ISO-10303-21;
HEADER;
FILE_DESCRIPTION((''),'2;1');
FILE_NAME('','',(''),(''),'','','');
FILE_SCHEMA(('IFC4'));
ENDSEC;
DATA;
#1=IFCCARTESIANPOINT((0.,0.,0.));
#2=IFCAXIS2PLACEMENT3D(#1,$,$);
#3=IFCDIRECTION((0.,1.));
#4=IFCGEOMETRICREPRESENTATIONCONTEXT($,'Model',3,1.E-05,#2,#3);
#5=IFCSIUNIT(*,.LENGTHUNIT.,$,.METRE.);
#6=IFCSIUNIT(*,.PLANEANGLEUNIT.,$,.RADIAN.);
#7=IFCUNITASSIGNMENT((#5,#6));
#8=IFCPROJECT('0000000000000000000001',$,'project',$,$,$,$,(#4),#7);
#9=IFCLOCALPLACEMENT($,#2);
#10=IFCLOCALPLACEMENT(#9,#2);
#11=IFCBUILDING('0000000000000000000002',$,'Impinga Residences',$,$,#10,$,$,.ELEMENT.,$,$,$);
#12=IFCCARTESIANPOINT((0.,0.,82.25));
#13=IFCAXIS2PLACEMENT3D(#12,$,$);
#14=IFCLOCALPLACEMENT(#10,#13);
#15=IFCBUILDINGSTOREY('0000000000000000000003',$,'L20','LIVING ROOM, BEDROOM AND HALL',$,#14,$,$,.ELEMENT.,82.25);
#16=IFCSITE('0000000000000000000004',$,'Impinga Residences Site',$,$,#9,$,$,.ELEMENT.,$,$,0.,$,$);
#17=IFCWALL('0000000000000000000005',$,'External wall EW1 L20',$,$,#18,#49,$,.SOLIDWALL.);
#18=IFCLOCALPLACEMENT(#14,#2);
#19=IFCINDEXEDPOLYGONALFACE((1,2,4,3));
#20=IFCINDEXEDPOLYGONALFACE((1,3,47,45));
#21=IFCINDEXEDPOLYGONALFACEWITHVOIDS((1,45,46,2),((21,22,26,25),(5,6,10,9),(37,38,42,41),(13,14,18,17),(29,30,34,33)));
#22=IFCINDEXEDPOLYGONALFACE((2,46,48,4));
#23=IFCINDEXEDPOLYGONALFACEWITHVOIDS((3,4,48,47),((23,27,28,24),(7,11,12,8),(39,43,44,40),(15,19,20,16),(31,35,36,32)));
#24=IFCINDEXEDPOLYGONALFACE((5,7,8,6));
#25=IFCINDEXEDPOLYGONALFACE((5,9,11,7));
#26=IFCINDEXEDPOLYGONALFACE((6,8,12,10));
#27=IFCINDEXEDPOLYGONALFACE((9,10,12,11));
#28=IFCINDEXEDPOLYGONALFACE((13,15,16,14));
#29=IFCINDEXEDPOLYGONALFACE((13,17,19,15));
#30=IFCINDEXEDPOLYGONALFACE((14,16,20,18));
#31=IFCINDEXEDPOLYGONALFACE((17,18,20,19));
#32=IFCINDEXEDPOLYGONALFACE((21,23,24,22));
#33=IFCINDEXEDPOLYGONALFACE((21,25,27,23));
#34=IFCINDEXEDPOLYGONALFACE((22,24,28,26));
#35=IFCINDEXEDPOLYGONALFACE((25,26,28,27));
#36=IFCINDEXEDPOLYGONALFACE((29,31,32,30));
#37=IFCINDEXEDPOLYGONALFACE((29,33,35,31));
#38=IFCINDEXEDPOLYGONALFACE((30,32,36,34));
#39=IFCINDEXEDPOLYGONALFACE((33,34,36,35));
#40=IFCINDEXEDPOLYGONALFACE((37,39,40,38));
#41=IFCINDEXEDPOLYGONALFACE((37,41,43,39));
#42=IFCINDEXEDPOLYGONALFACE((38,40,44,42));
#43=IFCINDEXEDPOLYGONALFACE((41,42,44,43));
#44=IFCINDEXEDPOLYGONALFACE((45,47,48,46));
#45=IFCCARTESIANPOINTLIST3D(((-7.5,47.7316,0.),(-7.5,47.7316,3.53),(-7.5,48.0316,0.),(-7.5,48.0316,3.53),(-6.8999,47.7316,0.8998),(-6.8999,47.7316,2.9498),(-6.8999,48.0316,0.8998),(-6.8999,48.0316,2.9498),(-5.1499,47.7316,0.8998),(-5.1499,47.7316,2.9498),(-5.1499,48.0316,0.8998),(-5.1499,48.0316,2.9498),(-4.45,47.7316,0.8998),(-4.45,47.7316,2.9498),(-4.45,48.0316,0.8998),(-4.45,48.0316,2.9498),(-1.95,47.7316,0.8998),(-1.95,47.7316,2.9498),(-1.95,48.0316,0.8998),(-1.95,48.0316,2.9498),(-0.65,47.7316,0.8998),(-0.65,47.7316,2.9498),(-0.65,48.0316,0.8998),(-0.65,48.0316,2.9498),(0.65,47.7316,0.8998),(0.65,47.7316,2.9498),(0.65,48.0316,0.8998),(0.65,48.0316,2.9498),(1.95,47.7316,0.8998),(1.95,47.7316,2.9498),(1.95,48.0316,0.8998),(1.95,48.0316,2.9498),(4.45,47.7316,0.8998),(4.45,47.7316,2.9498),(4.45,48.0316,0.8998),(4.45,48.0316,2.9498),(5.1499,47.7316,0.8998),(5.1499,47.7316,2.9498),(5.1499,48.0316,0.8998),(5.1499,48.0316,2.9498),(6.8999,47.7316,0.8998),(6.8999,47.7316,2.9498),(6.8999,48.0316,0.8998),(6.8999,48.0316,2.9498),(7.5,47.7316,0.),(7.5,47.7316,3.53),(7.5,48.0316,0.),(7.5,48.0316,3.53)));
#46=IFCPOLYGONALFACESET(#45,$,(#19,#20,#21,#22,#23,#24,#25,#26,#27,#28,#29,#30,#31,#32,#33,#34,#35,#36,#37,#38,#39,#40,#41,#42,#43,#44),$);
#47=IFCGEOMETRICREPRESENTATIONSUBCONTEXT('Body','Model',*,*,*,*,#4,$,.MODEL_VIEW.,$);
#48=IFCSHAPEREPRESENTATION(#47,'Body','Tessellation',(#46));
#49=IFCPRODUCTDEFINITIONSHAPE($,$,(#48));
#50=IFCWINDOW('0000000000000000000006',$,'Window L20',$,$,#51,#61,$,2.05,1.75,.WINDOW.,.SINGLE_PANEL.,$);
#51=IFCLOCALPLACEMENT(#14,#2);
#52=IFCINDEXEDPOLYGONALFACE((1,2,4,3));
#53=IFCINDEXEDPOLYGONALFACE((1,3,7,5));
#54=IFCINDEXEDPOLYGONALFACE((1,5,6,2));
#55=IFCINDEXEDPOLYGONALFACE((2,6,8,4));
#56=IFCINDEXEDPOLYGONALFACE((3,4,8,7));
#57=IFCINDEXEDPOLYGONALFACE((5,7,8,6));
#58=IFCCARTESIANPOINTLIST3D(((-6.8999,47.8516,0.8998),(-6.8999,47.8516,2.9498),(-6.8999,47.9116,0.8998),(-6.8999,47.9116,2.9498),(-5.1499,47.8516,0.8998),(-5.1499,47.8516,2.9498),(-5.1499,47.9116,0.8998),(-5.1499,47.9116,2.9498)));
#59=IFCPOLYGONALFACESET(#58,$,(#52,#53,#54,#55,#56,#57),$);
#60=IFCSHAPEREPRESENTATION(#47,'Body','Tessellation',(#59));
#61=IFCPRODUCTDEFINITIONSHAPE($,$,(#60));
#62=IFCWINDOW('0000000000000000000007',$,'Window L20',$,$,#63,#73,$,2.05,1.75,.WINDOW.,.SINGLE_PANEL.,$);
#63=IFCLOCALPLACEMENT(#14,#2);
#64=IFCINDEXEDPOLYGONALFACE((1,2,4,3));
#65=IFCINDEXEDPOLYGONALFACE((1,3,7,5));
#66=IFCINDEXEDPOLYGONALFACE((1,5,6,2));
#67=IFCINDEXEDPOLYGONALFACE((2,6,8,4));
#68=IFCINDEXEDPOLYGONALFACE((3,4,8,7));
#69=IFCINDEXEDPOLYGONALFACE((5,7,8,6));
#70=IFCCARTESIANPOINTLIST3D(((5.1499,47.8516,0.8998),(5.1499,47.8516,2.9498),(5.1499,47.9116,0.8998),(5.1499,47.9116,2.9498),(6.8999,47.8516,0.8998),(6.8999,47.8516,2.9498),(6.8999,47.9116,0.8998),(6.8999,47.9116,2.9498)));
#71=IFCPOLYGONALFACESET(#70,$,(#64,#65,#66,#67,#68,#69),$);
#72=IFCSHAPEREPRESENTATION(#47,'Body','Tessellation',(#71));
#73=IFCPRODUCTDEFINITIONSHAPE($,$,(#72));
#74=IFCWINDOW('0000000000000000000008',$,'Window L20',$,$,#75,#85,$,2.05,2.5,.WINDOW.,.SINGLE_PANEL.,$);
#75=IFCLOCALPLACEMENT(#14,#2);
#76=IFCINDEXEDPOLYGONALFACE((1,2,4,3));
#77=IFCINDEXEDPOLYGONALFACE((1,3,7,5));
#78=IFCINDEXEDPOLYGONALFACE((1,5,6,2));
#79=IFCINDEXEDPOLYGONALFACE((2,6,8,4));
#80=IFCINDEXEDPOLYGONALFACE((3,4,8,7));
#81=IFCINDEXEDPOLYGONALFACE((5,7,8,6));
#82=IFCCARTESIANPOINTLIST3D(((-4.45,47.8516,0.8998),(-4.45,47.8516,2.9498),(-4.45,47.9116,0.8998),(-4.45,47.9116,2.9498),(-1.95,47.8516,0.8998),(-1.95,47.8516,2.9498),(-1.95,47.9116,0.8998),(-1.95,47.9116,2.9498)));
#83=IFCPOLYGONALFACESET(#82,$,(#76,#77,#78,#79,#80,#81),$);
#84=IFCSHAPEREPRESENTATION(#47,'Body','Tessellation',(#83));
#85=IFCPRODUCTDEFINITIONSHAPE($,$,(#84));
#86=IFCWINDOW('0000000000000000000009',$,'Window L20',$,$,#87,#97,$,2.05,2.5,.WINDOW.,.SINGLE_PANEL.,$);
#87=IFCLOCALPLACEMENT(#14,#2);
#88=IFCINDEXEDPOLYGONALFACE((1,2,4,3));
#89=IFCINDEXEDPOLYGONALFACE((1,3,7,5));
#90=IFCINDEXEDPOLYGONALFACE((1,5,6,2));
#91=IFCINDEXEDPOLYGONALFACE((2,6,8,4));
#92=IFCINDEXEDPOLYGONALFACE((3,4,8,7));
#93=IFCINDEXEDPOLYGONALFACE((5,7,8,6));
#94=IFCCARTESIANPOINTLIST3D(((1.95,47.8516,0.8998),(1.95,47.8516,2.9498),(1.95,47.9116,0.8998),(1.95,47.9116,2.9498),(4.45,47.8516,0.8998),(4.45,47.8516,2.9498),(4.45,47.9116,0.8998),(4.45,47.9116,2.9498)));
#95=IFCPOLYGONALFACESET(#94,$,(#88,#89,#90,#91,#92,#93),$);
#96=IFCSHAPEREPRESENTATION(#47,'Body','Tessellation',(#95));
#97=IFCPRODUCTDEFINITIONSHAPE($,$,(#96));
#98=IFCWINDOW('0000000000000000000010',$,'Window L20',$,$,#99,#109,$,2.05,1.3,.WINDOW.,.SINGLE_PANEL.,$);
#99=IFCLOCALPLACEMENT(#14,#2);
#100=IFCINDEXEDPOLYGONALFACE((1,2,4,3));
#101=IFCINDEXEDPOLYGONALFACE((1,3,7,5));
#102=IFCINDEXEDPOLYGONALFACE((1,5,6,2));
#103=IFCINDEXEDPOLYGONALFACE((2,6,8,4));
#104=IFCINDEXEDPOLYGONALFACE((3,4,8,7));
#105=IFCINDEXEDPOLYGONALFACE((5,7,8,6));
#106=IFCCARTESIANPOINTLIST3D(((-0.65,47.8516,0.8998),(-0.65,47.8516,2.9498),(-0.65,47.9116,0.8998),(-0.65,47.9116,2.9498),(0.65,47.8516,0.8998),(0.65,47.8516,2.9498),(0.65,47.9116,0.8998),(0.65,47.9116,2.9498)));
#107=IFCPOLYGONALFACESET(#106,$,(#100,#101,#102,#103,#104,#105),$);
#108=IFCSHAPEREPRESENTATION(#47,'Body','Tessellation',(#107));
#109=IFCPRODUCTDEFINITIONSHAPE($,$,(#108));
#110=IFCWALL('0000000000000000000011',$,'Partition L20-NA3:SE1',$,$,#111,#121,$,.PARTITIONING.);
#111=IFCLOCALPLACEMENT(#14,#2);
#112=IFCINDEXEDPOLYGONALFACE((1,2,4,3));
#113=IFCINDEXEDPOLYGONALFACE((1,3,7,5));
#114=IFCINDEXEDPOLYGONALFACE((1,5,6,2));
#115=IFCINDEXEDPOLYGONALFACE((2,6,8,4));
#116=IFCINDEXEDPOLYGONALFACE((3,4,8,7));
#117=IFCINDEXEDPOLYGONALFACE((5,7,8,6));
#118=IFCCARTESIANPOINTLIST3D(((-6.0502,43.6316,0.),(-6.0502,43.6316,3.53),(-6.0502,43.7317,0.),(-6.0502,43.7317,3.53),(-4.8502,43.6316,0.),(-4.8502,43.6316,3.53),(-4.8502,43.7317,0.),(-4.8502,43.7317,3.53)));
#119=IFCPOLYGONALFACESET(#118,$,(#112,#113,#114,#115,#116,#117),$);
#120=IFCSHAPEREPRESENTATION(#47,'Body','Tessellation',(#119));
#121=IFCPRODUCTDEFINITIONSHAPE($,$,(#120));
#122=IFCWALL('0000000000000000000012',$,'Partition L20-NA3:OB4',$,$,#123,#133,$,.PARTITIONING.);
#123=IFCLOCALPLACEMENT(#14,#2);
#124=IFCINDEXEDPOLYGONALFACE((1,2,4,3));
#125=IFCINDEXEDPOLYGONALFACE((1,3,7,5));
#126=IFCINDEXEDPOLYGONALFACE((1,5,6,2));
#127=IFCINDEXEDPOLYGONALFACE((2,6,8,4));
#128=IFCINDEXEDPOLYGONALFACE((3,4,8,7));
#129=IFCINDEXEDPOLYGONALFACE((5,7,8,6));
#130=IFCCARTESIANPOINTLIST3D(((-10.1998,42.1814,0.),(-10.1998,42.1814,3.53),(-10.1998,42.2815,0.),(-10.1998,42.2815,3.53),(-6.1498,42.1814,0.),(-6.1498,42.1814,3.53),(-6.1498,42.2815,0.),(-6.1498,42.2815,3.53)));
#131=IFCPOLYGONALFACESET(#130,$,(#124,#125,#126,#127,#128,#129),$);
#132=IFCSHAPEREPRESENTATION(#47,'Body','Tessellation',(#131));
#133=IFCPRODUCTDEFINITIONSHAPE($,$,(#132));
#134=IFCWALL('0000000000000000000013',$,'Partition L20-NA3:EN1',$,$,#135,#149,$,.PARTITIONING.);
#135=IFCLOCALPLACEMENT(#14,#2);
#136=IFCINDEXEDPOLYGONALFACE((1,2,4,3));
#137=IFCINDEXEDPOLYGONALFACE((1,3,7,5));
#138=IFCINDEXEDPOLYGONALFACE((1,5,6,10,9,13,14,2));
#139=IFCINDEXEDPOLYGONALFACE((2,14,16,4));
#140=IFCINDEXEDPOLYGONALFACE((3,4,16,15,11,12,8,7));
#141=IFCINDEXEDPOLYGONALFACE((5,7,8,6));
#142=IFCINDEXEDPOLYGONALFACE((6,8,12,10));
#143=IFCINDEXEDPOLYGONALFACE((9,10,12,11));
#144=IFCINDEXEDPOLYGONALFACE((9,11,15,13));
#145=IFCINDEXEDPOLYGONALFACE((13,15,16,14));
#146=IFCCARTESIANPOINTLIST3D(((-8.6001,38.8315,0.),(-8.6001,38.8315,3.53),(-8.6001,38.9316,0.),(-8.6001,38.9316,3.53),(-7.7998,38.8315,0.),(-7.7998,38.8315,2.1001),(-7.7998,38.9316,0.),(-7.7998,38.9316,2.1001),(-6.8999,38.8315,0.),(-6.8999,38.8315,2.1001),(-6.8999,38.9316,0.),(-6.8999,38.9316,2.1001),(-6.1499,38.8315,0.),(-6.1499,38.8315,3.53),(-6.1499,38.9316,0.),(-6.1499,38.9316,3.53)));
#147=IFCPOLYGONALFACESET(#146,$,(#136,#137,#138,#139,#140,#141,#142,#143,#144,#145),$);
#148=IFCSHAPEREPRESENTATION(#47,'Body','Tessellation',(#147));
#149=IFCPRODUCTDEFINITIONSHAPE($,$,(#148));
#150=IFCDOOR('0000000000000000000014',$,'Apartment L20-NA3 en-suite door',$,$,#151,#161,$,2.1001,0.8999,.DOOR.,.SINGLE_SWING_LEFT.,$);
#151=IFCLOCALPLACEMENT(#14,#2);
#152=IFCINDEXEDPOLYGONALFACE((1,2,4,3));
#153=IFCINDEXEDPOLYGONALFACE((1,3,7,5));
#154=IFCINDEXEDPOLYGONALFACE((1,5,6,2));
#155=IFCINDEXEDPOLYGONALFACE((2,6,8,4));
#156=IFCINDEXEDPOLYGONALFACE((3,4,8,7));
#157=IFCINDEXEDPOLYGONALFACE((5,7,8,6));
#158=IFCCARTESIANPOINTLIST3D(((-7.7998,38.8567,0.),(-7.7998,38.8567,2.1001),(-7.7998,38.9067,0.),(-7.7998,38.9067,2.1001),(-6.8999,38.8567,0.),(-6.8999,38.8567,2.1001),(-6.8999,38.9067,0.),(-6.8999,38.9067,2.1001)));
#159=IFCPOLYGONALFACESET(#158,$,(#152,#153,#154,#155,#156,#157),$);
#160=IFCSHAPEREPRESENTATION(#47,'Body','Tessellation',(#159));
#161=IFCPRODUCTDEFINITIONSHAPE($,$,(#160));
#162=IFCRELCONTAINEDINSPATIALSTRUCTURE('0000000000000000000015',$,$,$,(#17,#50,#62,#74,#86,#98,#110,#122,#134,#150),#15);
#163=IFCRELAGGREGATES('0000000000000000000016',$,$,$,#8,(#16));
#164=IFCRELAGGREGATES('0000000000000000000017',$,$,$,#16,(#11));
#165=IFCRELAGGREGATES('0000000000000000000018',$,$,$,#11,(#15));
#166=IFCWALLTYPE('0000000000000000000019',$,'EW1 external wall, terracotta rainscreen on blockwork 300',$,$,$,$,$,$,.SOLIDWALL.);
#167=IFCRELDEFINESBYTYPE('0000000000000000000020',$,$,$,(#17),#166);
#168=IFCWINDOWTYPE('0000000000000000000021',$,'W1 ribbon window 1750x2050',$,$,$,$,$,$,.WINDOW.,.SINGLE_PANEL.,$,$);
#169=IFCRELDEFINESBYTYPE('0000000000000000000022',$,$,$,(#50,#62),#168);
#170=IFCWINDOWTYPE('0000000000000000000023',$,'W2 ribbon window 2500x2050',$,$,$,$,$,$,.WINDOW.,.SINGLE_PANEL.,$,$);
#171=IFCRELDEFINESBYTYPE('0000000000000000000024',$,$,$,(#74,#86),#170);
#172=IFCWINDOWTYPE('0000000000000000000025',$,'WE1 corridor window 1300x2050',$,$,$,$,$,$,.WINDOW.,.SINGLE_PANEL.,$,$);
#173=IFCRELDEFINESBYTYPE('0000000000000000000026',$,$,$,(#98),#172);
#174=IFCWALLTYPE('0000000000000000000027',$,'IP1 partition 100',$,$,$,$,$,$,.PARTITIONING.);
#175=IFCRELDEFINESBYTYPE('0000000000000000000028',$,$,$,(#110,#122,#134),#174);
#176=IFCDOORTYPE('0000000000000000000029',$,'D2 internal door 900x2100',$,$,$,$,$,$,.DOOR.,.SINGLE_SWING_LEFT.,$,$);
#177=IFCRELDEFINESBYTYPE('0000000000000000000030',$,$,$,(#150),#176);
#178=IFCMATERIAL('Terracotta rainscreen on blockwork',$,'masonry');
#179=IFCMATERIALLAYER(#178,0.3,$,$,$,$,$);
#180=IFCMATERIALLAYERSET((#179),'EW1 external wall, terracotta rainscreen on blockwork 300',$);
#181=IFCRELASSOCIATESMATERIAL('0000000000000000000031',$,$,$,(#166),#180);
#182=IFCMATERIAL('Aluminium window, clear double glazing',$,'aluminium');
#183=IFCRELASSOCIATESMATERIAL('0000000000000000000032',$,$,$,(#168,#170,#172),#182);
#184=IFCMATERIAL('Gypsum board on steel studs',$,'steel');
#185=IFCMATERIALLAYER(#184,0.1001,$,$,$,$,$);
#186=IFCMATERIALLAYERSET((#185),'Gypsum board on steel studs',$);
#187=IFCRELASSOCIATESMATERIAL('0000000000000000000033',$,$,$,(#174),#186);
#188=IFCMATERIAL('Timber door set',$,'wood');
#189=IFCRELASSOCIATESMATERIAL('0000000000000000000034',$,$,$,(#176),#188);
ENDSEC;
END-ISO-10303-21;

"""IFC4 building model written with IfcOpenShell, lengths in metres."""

from ifc_helpers import new_model, si_unit, direction, frame, frame_2d, origin, place, context, subcontext, project, spatial, rectangle, extrude, material, layer, layer_set, type_object, element, fill, save


model = new_model("IFC4")

# Units and contexts
model_context = context("Model", 3, precision=1e-05, world=origin(), true_north=direction((0.0, 1.0)))
body_context = subcontext(model_context, "Body", "Model", "MODEL_VIEW")
ifc_project = project(units=[si_unit("LENGTHUNIT", "METRE"), si_unit("PLANEANGLEUNIT", "RADIAN")], contexts=[model_context])

# Site, building, storey
site_placement = place(None, origin())
site = spatial("IfcSite", under=ifc_project, at=site_placement, Name="Impinga Residences Site", CompositionType="ELEMENT", RefElevation=0.0)
building_placement = place(site_placement, origin())
building = spatial("IfcBuilding", under=site, at=building_placement, Name="Impinga Residences", CompositionType="ELEMENT")
storey_placement = place(building_placement, frame((0.0, 0.0, 82.25)))
storey = spatial("IfcBuildingStorey", under=building, at=storey_placement, Name="L20", Description="LIVING ROOM, BEDROOM AND HALL", CompositionType="ELEMENT", Elevation=82.25)

# Shared definitions
ifc_material_1 = material(Name="Terracotta rainscreen on blockwork", Category="masonry")
ifc_layer_1 = layer(ifc_material_1, 0.3)
ifc_layer_set_1 = layer_set([ifc_layer_1], Name="EW1 external wall, terracotta rainscreen on blockwork 300")
wall_type_1 = type_object("IfcWallType", Name="EW1 external wall, terracotta rainscreen on blockwork 300", PredefinedType="SOLIDWALL", material=ifc_layer_set_1)

# Wall, openings, windows
wall_1_placement = place(storey_placement, frame((-7.5, 47.8816, 0.0), z_axis=(0.0, 0.0, 1.0), x_axis=(1.0, 0.0, 0.0)))
wall_1 = element("IfcWall", 1, at=wall_1_placement, inside=storey, type_object=wall_type_1, Name="External wall EW1 L20", PredefinedType="SOLIDWALL", context=body_context, shape_type="SweptSolid", body=[
    extrude(rectangle(XDim=15.0, YDim=0.3, at=frame_2d((7.5, 0.0))), origin(), (0.0, 0.0, 1.0), 3.53),
])
opening_1_placement = place(wall_1_placement, frame((0.6001, 0.0, 0.8999)))
opening_1 = element("IfcOpeningElement", 2, at=opening_1_placement, cuts=wall_1, PredefinedType="OPENING", context=body_context, shape_type="SweptSolid", body=[
    extrude(rectangle(XDim=1.75, YDim=2.05, at=frame_2d((0.875, 1.0249))), frame((0.0, 0.1599, 0.0), z_axis=(0.0, -1.0, 0.0), x_axis=(1.0, 0.0, 0.0)), (0.0, 0.0, 1.0), 0.3201),
])
opening_2_placement = place(wall_1_placement, frame((3.05, 0.0, 0.8999)))
opening_2 = element("IfcOpeningElement", 3, at=opening_2_placement, cuts=wall_1, PredefinedType="OPENING", context=body_context, shape_type="SweptSolid", body=[
    extrude(rectangle(XDim=2.5, YDim=2.05, at=frame_2d((1.25, 1.0249))), frame((0.0, 0.1599, 0.0), z_axis=(0.0, -1.0, 0.0), x_axis=(1.0, 0.0, 0.0)), (0.0, 0.0, 1.0), 0.3201),
])
opening_3_placement = place(wall_1_placement, frame((6.8501, 0.0, 0.8999)))
opening_3 = element("IfcOpeningElement", 4, at=opening_3_placement, cuts=wall_1, PredefinedType="OPENING", context=body_context, shape_type="SweptSolid", body=[
    extrude(rectangle(XDim=1.3, YDim=2.05, at=frame_2d((0.6499, 1.0249))), frame((0.0, 0.1599, 0.0), z_axis=(0.0, -1.0, 0.0), x_axis=(1.0, 0.0, 0.0)), (0.0, 0.0, 1.0), 0.3201),
])
opening_4_placement = place(wall_1_placement, frame((9.45, 0.0, 0.8999)))
opening_4 = element("IfcOpeningElement", 5, at=opening_4_placement, cuts=wall_1, PredefinedType="OPENING", context=body_context, shape_type="SweptSolid", body=[
    extrude(rectangle(XDim=2.5, YDim=2.05, at=frame_2d((1.25, 1.0249))), frame((0.0, 0.1599, 0.0), z_axis=(0.0, -1.0, 0.0), x_axis=(1.0, 0.0, 0.0)), (0.0, 0.0, 1.0), 0.3201),
])
opening_5_placement = place(wall_1_placement, frame((12.6499, 0.0, 0.8999)))
opening_5 = element("IfcOpeningElement", 6, at=opening_5_placement, cuts=wall_1, PredefinedType="OPENING", context=body_context, shape_type="SweptSolid", body=[
    extrude(rectangle(XDim=1.75, YDim=2.05, at=frame_2d((0.875, 1.0249))), frame((0.0, 0.1599, 0.0), z_axis=(0.0, -1.0, 0.0), x_axis=(1.0, 0.0, 0.0)), (0.0, 0.0, 1.0), 0.3201),
])
ifc_material_2 = material(Name="Aluminium window, clear double glazing", Category="aluminium")
window_type_1 = type_object("IfcWindowType", Name="W1 ribbon window 1750x2050", PartitioningType="SINGLE_PANEL", PredefinedType="WINDOW", material=ifc_material_2)
window_1_placement = place(opening_1_placement, origin())
window_1 = element("IfcWindow", 7, at=window_1_placement, inside=storey, type_object=window_type_1, Name="Window L20", OverallHeight=2.05, OverallWidth=1.75, PartitioningType="SINGLE_PANEL", PredefinedType="WINDOW", context=body_context, shape_type="SweptSolid", body=[
    extrude(rectangle(XDim=1.75, YDim=2.05, at=frame_2d((0.875, 1.0249))), frame((0.0, 0.03, 0.0), z_axis=(0.0, -1.0, 0.0), x_axis=(1.0, 0.0, 0.0)), (0.0, 0.0, 1.0), 0.0601),
])
fill(opening_1, window_1)
window_2_placement = place(opening_5_placement, origin())
window_2 = element("IfcWindow", 8, at=window_2_placement, inside=storey, type_object=window_type_1, Name="Window L20", OverallHeight=2.05, OverallWidth=1.75, PartitioningType="SINGLE_PANEL", PredefinedType="WINDOW", context=body_context, shape_type="SweptSolid", body=[
    extrude(rectangle(XDim=1.75, YDim=2.05, at=frame_2d((0.875, 1.0249))), frame((0.0, 0.03, 0.0), z_axis=(0.0, -1.0, 0.0), x_axis=(1.0, 0.0, 0.0)), (0.0, 0.0, 1.0), 0.0601),
])
fill(opening_5, window_2)
window_type_2 = type_object("IfcWindowType", Name="W2 ribbon window 2500x2050", PartitioningType="SINGLE_PANEL", PredefinedType="WINDOW", material=ifc_material_2)
window_3_placement = place(opening_2_placement, origin())
window_3 = element("IfcWindow", 9, at=window_3_placement, inside=storey, type_object=window_type_2, Name="Window L20", OverallHeight=2.05, OverallWidth=2.5, PartitioningType="SINGLE_PANEL", PredefinedType="WINDOW", context=body_context, shape_type="SweptSolid", body=[
    extrude(rectangle(XDim=2.5, YDim=2.05, at=frame_2d((1.25, 1.0249))), frame((0.0, 0.03, 0.0), z_axis=(0.0, -1.0, 0.0), x_axis=(1.0, 0.0, 0.0)), (0.0, 0.0, 1.0), 0.0601),
])
fill(opening_2, window_3)
window_4_placement = place(opening_4_placement, origin())
window_4 = element("IfcWindow", 10, at=window_4_placement, inside=storey, type_object=window_type_2, Name="Window L20", OverallHeight=2.05, OverallWidth=2.5, PartitioningType="SINGLE_PANEL", PredefinedType="WINDOW", context=body_context, shape_type="SweptSolid", body=[
    extrude(rectangle(XDim=2.5, YDim=2.05, at=frame_2d((1.25, 1.0249))), frame((0.0, 0.03, 0.0), z_axis=(0.0, -1.0, 0.0), x_axis=(1.0, 0.0, 0.0)), (0.0, 0.0, 1.0), 0.0601),
])
fill(opening_4, window_4)
window_type_3 = type_object("IfcWindowType", Name="WE1 corridor window 1300x2050", PartitioningType="SINGLE_PANEL", PredefinedType="WINDOW", material=ifc_material_2)
window_5_placement = place(opening_3_placement, origin())
window_5 = element("IfcWindow", 11, at=window_5_placement, inside=storey, type_object=window_type_3, Name="Window L20", OverallHeight=2.05, OverallWidth=1.3, PartitioningType="SINGLE_PANEL", PredefinedType="WINDOW", context=body_context, shape_type="SweptSolid", body=[
    extrude(rectangle(XDim=1.3, YDim=2.05, at=frame_2d((0.6499, 1.0249))), frame((0.0, 0.03, 0.0), z_axis=(0.0, -1.0, 0.0), x_axis=(1.0, 0.0, 0.0)), (0.0, 0.0, 1.0), 0.0601),
])
fill(opening_3, window_5)

# Walls
ifc_material_3 = material(Name="Gypsum board on steel studs", Category="steel")
ifc_layer_2 = layer(ifc_material_3, 0.1001)
ifc_layer_set_2 = layer_set([ifc_layer_2], Name="Gypsum board on steel studs")
wall_type_2 = type_object("IfcWallType", Name="IP1 partition 100", PredefinedType="PARTITIONING", material=ifc_layer_set_2)
wall_2_placement = place(storey_placement, frame((-4.8501, 43.6816, 0.0), z_axis=(0.0, 0.0, 1.0), x_axis=(-1.0, 0.0, 0.0)))
element("IfcWall", 12, at=wall_2_placement, inside=storey, type_object=wall_type_2, Name="Partition L20-NA3:SE1", PredefinedType="PARTITIONING", context=body_context, shape_type="SweptSolid", body=[
    extrude(rectangle(XDim=1.2, YDim=0.1001, at=frame_2d((0.6001, 0.0))), origin(), (0.0, 0.0, 1.0), 3.53),
])
wall_3_placement = place(storey_placement, frame((-6.1499, 42.2314, 0.0), z_axis=(0.0, 0.0, 1.0), x_axis=(-1.0, 0.0, 0.0)))
element("IfcWall", 13, at=wall_3_placement, inside=storey, type_object=wall_type_2, Name="Partition L20-NA3:OB4", PredefinedType="PARTITIONING", context=body_context, shape_type="SweptSolid", body=[
    extrude(rectangle(XDim=4.05, YDim=0.1001, at=frame_2d((2.0249, 0.0))), origin(), (0.0, 0.0, 1.0), 3.53),
])

# Wall, opening, door
wall_4_placement = place(storey_placement, frame((-6.1499, 38.8816, 0.0), z_axis=(0.0, 0.0, 1.0), x_axis=(-1.0, 0.0, 0.0)))
wall_4 = element("IfcWall", 14, at=wall_4_placement, inside=storey, type_object=wall_type_2, Name="Partition L20-NA3:EN1", PredefinedType="PARTITIONING", context=body_context, shape_type="SweptSolid", body=[
    extrude(rectangle(XDim=2.4502, YDim=0.1001, at=frame_2d((1.2251, 0.0))), origin(), (0.0, 0.0, 1.0), 3.53),
])
opening_6_placement = place(wall_4_placement, frame((0.75, 0.0, 0.0)))
opening_6 = element("IfcOpeningElement", 15, at=opening_6_placement, cuts=wall_4, PredefinedType="OPENING", context=body_context, shape_type="SweptSolid", body=[
    extrude(rectangle(XDim=0.8999, YDim=2.1001, at=frame_2d((0.45, 1.05))), frame((0.0, 0.0601, 0.0), z_axis=(0.0, -1.0, 0.0), x_axis=(1.0, 0.0, 0.0)), (0.0, 0.0, 1.0), 0.1201),
])
ifc_material_4 = material(Name="Timber door set", Category="wood")
door_type = type_object("IfcDoorType", Name="D2 internal door 900x2100", OperationType="SINGLE_SWING_LEFT", PredefinedType="DOOR", material=ifc_material_4)
door_placement = place(opening_6_placement, origin())
door = element("IfcDoor", 16, at=door_placement, inside=storey, type_object=door_type, Name="Apartment L20-NA3 en-suite door", OperationType="SINGLE_SWING_LEFT", OverallHeight=2.1001, OverallWidth=0.8999, PredefinedType="DOOR", context=body_context, shape_type="SweptSolid", body=[
    extrude(rectangle(XDim=0.8999, YDim=2.1001, at=frame_2d((0.45, 1.05))), frame((0.0, 0.0249, 0.0), z_axis=(0.0, -1.0, 0.0), x_axis=(1.0, 0.0, 0.0)), (0.0, 0.0, 1.0), 0.05),
])
fill(opening_6, door)

save(model, "model.ifc")
